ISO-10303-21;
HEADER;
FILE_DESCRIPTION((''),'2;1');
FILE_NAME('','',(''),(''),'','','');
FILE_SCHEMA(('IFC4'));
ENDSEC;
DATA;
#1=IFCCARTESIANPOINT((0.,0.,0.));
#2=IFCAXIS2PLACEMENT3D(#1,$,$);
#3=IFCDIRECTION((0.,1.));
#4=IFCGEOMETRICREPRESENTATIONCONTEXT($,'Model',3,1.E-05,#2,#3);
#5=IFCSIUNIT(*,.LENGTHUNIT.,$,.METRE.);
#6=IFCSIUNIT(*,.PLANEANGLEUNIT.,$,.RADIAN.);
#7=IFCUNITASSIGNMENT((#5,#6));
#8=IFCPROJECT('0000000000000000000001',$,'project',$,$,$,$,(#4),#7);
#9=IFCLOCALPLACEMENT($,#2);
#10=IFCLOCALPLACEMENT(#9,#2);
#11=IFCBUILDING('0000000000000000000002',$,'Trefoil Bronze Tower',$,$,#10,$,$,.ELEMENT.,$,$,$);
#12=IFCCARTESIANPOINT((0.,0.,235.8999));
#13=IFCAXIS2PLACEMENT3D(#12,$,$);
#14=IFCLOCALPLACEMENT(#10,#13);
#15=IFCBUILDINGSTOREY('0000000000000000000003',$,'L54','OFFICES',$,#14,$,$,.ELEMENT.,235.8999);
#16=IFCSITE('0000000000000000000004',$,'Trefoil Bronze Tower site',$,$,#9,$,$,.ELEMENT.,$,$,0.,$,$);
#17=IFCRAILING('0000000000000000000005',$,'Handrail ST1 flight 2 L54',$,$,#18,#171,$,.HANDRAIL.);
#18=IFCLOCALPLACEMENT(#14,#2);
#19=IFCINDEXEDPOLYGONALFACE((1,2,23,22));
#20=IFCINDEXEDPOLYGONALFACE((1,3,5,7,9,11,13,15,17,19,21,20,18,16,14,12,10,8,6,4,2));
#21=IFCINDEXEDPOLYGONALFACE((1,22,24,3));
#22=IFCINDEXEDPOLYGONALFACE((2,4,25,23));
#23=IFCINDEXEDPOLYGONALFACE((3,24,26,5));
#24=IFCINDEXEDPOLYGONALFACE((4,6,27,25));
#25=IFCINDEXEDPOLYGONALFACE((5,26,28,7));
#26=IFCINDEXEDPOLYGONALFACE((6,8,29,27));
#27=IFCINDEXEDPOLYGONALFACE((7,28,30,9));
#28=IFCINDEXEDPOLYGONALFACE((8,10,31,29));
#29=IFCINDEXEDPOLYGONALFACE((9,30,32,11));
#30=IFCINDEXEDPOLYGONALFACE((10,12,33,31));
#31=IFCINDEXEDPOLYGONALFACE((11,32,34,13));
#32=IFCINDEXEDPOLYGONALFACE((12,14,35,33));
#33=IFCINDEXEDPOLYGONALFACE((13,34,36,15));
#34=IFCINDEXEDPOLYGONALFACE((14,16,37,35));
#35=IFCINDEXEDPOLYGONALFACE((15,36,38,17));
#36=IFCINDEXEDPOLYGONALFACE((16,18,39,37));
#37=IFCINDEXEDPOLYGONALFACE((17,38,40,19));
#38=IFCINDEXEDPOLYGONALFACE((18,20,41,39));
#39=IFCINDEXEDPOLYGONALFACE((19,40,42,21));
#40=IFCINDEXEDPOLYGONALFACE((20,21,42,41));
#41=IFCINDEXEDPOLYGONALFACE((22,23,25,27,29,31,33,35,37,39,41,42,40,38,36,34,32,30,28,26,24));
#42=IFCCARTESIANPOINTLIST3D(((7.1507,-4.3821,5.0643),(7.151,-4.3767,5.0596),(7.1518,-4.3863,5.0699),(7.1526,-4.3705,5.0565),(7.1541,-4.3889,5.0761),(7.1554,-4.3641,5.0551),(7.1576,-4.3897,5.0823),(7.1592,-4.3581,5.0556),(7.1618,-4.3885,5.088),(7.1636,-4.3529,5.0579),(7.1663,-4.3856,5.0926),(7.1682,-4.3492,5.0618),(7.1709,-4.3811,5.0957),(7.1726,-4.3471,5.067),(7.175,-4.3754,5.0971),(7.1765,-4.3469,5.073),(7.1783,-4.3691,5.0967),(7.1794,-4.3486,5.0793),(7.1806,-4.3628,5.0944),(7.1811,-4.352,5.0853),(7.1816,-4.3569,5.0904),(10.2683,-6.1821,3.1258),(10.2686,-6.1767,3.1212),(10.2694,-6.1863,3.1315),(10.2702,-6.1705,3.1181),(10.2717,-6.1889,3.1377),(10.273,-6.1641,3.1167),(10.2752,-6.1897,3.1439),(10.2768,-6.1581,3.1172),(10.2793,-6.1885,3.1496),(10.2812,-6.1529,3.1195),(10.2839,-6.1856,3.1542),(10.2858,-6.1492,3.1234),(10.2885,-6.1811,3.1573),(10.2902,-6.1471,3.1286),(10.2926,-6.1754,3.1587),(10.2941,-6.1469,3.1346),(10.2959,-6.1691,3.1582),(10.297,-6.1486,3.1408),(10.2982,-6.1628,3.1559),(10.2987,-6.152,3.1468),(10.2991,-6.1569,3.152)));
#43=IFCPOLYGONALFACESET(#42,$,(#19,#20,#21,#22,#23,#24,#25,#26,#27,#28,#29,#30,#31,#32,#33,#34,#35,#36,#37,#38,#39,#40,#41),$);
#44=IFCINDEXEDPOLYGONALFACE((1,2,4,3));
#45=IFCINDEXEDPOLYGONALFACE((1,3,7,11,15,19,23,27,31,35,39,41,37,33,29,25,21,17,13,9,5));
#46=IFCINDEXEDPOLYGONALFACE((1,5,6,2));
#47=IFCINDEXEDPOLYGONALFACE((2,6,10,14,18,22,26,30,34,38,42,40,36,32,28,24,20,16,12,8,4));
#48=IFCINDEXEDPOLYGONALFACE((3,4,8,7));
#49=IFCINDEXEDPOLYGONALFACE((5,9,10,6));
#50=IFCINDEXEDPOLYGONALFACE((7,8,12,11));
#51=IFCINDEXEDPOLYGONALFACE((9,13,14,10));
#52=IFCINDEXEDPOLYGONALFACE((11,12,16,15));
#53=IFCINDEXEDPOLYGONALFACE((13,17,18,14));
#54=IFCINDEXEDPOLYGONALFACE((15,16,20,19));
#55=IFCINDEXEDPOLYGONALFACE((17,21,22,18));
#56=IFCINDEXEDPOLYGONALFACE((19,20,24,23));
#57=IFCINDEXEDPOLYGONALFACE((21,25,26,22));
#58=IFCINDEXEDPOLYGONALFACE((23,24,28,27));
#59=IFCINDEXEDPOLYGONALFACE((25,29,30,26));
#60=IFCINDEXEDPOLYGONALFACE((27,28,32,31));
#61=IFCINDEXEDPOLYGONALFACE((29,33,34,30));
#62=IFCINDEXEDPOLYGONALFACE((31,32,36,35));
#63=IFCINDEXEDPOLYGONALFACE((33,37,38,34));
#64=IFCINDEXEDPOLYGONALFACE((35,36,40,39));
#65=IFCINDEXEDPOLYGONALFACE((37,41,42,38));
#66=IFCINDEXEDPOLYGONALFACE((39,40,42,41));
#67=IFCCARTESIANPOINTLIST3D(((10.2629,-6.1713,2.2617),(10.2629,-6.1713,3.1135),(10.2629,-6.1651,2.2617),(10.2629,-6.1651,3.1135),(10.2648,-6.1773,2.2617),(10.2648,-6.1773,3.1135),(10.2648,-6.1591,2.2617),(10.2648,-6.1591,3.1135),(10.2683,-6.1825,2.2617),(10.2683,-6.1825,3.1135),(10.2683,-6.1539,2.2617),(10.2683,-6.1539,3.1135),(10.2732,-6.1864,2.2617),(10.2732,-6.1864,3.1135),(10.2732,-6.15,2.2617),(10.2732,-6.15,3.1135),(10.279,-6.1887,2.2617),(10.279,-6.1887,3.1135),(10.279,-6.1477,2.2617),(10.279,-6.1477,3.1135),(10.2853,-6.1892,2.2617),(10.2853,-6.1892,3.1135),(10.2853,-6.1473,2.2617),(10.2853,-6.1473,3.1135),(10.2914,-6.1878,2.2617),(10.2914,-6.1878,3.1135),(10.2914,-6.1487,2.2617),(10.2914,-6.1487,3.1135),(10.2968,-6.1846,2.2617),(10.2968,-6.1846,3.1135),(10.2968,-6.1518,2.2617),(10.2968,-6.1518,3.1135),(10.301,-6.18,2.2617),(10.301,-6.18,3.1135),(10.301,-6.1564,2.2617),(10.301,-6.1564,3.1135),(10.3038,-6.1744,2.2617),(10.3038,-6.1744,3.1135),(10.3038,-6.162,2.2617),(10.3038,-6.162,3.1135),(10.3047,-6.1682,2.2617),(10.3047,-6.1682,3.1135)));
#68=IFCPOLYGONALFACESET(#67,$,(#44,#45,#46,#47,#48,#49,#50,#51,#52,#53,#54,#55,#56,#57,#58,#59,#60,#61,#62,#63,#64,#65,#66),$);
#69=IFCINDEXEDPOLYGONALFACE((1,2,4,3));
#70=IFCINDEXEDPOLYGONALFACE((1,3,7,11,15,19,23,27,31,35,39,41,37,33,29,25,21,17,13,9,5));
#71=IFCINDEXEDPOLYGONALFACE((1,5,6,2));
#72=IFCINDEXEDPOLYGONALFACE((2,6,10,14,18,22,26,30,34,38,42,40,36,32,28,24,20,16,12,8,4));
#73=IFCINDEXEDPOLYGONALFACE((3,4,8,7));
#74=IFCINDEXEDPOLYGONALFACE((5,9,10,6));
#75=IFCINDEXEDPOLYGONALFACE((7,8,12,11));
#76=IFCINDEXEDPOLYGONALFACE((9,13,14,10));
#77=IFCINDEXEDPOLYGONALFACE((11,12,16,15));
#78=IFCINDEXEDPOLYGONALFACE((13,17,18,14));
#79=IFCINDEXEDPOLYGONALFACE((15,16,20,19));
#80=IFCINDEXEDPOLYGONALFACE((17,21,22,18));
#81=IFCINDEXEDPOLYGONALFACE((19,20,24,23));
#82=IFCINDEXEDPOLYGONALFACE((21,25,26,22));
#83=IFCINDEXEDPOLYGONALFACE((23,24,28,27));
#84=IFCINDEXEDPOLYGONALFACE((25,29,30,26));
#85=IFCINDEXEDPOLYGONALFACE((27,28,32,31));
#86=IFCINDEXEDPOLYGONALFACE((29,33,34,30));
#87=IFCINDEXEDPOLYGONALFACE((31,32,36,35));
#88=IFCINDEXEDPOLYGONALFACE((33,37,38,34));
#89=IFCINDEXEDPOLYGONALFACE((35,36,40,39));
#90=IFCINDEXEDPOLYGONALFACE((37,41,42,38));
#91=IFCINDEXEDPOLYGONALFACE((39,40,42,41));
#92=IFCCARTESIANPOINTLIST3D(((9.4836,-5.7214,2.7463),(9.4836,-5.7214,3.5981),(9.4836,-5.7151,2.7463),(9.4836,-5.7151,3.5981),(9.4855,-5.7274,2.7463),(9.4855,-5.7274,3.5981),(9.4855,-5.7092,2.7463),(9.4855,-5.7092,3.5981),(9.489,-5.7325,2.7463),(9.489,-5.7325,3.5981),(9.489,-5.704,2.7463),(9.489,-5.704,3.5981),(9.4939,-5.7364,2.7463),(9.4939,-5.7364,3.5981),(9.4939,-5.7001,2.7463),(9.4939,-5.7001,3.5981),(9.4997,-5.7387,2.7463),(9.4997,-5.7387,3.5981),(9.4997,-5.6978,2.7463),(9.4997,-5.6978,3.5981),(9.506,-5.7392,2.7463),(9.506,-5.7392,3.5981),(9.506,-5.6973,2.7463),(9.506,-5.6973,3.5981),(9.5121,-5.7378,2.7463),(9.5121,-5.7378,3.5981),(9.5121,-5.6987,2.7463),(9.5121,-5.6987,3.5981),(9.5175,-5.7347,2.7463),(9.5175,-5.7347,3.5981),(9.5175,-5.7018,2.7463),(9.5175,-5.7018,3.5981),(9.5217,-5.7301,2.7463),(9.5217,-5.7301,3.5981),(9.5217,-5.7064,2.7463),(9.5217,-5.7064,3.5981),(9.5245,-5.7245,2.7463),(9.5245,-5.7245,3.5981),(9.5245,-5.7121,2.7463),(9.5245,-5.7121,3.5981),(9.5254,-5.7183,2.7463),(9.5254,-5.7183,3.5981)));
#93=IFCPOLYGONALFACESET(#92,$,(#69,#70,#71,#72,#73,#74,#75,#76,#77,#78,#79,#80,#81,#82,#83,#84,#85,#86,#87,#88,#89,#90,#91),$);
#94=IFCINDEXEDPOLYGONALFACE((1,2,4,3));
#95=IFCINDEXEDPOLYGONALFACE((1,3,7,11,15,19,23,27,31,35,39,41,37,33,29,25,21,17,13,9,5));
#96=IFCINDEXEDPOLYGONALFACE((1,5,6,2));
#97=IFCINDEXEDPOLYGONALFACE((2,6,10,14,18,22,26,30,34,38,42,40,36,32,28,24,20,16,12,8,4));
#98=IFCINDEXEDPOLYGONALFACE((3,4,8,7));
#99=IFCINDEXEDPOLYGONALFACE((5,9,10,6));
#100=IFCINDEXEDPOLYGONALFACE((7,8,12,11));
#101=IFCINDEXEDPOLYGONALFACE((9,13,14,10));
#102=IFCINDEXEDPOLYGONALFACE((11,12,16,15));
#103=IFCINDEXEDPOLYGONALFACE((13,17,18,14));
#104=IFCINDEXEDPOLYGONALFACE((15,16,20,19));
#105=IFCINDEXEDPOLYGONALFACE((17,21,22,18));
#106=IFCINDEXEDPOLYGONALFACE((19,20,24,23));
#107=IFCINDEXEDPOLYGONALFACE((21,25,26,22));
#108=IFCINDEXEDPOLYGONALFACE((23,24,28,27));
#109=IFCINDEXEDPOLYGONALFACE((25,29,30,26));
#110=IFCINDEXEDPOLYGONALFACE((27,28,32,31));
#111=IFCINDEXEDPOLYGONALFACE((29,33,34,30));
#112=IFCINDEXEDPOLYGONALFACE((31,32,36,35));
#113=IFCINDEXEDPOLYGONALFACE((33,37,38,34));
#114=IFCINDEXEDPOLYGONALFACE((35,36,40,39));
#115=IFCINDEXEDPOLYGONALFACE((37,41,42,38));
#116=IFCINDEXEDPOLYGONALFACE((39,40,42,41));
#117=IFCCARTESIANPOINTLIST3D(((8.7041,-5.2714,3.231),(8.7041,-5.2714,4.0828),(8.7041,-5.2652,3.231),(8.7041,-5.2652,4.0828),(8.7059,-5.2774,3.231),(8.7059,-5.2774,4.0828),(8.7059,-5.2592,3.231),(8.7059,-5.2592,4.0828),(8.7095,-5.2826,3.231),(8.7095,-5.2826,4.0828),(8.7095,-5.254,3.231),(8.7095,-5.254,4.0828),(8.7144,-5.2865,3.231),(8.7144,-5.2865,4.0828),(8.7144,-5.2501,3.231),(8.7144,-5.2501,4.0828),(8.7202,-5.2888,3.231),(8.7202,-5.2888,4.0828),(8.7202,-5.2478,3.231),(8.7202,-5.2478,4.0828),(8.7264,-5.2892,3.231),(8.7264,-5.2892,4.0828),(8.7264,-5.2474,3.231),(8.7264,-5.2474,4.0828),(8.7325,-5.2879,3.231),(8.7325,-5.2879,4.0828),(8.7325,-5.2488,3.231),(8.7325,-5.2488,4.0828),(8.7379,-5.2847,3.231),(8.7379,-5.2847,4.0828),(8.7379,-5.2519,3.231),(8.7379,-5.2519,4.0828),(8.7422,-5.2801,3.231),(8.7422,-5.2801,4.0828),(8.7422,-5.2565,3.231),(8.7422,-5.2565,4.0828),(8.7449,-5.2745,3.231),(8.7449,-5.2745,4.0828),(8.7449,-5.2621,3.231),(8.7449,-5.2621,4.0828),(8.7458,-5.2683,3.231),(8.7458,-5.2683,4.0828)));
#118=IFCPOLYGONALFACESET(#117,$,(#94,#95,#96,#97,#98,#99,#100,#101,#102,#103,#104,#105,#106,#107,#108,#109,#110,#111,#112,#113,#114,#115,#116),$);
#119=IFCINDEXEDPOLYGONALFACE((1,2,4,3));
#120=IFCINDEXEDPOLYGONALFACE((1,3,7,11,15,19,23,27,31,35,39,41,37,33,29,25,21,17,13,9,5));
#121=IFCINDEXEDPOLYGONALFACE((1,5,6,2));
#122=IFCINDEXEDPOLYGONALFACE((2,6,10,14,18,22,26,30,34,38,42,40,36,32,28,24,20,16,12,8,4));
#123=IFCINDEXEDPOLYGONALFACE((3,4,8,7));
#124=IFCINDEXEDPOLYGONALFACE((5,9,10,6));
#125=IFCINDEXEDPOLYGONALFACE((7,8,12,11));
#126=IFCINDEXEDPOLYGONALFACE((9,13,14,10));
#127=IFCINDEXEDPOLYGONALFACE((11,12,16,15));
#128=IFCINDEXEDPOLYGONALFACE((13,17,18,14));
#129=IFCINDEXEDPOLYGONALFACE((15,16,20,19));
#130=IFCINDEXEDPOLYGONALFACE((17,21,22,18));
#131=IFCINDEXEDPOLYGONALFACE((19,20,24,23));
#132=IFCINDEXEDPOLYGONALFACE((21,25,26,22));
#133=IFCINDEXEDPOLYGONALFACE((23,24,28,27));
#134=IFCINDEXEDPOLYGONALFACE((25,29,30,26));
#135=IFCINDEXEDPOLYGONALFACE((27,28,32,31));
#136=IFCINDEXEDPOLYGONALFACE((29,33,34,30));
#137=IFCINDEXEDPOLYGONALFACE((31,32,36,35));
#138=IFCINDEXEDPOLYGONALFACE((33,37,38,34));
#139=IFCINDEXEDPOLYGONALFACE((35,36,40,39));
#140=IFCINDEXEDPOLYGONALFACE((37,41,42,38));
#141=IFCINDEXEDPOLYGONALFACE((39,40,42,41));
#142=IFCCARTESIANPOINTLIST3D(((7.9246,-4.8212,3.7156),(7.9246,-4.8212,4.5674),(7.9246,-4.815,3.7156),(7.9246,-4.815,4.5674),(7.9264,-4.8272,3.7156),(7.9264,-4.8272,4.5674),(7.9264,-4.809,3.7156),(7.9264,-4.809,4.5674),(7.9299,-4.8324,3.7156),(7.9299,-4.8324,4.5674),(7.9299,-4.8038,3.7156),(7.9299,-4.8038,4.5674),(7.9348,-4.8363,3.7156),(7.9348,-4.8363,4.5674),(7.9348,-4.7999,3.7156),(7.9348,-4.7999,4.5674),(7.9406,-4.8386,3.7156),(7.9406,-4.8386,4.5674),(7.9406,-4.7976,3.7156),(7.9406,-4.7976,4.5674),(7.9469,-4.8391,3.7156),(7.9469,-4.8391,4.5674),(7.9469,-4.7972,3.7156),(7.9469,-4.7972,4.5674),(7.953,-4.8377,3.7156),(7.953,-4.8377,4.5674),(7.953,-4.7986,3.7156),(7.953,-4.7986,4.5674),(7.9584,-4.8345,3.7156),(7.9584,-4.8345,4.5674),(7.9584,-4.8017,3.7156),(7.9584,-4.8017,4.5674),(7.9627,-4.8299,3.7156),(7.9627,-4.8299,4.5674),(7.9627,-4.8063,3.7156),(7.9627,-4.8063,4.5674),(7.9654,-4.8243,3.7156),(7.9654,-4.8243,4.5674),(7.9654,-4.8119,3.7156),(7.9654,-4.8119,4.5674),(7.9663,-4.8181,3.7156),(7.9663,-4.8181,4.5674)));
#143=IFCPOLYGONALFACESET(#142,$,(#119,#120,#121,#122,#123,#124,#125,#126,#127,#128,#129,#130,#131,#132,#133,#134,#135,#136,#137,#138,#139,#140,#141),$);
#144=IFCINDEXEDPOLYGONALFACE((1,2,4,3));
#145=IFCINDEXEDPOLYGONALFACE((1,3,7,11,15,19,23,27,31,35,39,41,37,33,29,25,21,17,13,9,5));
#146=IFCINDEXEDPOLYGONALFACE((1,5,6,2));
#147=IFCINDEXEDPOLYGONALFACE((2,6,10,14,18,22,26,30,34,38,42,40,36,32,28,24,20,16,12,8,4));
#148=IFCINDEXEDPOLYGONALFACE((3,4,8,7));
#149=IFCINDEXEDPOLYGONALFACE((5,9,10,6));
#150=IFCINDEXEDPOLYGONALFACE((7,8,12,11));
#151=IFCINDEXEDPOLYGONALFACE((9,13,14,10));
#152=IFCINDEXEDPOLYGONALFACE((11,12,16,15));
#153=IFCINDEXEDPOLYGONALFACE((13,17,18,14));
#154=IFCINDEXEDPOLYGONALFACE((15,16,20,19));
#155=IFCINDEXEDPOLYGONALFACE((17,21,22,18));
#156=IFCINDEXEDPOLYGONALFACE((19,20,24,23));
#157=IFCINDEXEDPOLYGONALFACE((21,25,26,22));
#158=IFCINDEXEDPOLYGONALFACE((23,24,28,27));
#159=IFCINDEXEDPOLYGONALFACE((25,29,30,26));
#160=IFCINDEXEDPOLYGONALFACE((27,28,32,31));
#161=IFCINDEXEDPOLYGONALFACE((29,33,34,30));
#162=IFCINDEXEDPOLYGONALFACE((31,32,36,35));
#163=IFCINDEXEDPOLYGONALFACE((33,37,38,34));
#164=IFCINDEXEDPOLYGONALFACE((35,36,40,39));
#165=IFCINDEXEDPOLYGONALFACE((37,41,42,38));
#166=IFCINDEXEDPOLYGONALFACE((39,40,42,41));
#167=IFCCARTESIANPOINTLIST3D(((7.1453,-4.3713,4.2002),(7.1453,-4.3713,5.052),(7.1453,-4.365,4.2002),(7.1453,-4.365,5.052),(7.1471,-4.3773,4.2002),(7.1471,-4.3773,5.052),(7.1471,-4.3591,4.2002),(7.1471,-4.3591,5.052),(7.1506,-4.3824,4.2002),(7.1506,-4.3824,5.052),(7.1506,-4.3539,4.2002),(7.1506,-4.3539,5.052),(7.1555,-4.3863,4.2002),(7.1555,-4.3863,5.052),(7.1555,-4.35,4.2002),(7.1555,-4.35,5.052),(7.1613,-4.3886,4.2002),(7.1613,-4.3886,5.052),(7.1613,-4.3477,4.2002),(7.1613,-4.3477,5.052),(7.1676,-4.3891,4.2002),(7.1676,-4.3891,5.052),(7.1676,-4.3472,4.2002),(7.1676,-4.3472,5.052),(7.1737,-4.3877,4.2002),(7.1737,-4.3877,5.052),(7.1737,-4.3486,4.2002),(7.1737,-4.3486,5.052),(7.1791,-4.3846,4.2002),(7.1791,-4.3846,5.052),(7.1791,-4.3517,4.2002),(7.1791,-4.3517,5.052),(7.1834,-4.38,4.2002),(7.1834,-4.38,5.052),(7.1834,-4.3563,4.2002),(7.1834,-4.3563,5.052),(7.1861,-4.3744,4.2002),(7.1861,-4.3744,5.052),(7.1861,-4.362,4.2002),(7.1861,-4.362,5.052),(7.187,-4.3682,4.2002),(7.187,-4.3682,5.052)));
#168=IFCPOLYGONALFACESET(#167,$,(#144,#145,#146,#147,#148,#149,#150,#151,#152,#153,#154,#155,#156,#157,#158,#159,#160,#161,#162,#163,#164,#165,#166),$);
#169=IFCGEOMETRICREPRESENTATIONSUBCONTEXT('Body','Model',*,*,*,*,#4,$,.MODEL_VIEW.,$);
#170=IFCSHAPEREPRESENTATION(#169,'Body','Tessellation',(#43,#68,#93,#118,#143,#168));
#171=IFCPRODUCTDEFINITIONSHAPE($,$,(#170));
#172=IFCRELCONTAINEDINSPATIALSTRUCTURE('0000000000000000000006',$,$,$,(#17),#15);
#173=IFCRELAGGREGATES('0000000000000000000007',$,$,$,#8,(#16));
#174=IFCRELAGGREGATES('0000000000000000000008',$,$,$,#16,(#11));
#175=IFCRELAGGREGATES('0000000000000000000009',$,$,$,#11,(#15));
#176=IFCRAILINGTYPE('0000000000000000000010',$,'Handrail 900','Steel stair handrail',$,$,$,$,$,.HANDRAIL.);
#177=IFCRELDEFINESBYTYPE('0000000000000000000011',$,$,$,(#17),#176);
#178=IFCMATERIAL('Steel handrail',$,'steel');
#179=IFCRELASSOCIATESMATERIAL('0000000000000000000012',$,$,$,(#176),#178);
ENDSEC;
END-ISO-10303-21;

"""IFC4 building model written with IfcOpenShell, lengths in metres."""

from ifc_helpers import new_model, si_unit, direction, frame, origin, origin_2d, place, context, subcontext, project, spatial, circle, extrude, material, type_object, element, save


model = new_model("IFC4")

# Units and contexts
model_context = context("Model", 3, precision=1e-05, world=origin(), true_north=direction((0.0, 1.0)))
body_context = subcontext(model_context, "Body", "Model", "MODEL_VIEW")
ifc_project = project(units=[si_unit("LENGTHUNIT", "METRE"), si_unit("PLANEANGLEUNIT", "RADIAN")], contexts=[model_context])

# Site, building, storey
site_placement = place(None, origin())
site = spatial("IfcSite", under=ifc_project, at=site_placement, Name="Trefoil Bronze Tower site", CompositionType="ELEMENT", RefElevation=0.0)
building_placement = place(site_placement, origin())
building = spatial("IfcBuilding", under=site, at=building_placement, Name="Trefoil Bronze Tower", CompositionType="ELEMENT")
storey_placement = place(building_placement, frame((0.0, 0.0, 235.8999)))
storey = spatial("IfcBuildingStorey", under=building, at=storey_placement, Name="L54", Description="OFFICES", CompositionType="ELEMENT", Elevation=235.8999)

# Railing
ifc_material_1 = material(Name="Steel handrail", Category="steel")
railing_type = type_object("IfcRailingType", Name="Handrail 900", Description="Steel stair handrail", PredefinedType="HANDRAIL", material=ifc_material_1)
railing_1_placement = place(storey_placement, frame((10.2837, -6.1682, 2.2617)))
element("IfcRailing", 1, at=railing_1_placement, inside=storey, type_object=railing_type, Name="Handrail ST1 flight 2 L54", PredefinedType="HANDRAIL", context=body_context, shape_type="SweptSolid", body=[
    extrude(circle(Radius=0.0239, at=origin_2d()), frame((0.0, 0.0, 0.876), z_axis=(-0.762503, 0.440246, 0.474102), x_axis=(-0.500012, -0.866018, 0.0)), (0.0, 0.0, 1.0), 4.0886),
    extrude(circle(Radius=0.021, at=origin_2d()), origin(), (0.0, 0.0, 1.0), 0.8518),
    extrude(circle(Radius=0.021, at=origin_2d()), frame((-0.7793, 0.45, 0.4846)), (0.0, 0.0, 1.0), 0.8518),
    extrude(circle(Radius=0.021, at=origin_2d()), frame((-1.5588, 0.8999, 0.9692)), (0.0, 0.0, 1.0), 0.8518),
    extrude(circle(Radius=0.021, at=origin_2d()), frame((-2.3384, 1.3501, 1.4539)), (0.0, 0.0, 1.0), 0.8518),
    extrude(circle(Radius=0.021, at=origin_2d()), frame((-3.1177, 1.8, 1.9385)), (0.0, 0.0, 1.0), 0.8518),
])

save(model, "model.ifc")
